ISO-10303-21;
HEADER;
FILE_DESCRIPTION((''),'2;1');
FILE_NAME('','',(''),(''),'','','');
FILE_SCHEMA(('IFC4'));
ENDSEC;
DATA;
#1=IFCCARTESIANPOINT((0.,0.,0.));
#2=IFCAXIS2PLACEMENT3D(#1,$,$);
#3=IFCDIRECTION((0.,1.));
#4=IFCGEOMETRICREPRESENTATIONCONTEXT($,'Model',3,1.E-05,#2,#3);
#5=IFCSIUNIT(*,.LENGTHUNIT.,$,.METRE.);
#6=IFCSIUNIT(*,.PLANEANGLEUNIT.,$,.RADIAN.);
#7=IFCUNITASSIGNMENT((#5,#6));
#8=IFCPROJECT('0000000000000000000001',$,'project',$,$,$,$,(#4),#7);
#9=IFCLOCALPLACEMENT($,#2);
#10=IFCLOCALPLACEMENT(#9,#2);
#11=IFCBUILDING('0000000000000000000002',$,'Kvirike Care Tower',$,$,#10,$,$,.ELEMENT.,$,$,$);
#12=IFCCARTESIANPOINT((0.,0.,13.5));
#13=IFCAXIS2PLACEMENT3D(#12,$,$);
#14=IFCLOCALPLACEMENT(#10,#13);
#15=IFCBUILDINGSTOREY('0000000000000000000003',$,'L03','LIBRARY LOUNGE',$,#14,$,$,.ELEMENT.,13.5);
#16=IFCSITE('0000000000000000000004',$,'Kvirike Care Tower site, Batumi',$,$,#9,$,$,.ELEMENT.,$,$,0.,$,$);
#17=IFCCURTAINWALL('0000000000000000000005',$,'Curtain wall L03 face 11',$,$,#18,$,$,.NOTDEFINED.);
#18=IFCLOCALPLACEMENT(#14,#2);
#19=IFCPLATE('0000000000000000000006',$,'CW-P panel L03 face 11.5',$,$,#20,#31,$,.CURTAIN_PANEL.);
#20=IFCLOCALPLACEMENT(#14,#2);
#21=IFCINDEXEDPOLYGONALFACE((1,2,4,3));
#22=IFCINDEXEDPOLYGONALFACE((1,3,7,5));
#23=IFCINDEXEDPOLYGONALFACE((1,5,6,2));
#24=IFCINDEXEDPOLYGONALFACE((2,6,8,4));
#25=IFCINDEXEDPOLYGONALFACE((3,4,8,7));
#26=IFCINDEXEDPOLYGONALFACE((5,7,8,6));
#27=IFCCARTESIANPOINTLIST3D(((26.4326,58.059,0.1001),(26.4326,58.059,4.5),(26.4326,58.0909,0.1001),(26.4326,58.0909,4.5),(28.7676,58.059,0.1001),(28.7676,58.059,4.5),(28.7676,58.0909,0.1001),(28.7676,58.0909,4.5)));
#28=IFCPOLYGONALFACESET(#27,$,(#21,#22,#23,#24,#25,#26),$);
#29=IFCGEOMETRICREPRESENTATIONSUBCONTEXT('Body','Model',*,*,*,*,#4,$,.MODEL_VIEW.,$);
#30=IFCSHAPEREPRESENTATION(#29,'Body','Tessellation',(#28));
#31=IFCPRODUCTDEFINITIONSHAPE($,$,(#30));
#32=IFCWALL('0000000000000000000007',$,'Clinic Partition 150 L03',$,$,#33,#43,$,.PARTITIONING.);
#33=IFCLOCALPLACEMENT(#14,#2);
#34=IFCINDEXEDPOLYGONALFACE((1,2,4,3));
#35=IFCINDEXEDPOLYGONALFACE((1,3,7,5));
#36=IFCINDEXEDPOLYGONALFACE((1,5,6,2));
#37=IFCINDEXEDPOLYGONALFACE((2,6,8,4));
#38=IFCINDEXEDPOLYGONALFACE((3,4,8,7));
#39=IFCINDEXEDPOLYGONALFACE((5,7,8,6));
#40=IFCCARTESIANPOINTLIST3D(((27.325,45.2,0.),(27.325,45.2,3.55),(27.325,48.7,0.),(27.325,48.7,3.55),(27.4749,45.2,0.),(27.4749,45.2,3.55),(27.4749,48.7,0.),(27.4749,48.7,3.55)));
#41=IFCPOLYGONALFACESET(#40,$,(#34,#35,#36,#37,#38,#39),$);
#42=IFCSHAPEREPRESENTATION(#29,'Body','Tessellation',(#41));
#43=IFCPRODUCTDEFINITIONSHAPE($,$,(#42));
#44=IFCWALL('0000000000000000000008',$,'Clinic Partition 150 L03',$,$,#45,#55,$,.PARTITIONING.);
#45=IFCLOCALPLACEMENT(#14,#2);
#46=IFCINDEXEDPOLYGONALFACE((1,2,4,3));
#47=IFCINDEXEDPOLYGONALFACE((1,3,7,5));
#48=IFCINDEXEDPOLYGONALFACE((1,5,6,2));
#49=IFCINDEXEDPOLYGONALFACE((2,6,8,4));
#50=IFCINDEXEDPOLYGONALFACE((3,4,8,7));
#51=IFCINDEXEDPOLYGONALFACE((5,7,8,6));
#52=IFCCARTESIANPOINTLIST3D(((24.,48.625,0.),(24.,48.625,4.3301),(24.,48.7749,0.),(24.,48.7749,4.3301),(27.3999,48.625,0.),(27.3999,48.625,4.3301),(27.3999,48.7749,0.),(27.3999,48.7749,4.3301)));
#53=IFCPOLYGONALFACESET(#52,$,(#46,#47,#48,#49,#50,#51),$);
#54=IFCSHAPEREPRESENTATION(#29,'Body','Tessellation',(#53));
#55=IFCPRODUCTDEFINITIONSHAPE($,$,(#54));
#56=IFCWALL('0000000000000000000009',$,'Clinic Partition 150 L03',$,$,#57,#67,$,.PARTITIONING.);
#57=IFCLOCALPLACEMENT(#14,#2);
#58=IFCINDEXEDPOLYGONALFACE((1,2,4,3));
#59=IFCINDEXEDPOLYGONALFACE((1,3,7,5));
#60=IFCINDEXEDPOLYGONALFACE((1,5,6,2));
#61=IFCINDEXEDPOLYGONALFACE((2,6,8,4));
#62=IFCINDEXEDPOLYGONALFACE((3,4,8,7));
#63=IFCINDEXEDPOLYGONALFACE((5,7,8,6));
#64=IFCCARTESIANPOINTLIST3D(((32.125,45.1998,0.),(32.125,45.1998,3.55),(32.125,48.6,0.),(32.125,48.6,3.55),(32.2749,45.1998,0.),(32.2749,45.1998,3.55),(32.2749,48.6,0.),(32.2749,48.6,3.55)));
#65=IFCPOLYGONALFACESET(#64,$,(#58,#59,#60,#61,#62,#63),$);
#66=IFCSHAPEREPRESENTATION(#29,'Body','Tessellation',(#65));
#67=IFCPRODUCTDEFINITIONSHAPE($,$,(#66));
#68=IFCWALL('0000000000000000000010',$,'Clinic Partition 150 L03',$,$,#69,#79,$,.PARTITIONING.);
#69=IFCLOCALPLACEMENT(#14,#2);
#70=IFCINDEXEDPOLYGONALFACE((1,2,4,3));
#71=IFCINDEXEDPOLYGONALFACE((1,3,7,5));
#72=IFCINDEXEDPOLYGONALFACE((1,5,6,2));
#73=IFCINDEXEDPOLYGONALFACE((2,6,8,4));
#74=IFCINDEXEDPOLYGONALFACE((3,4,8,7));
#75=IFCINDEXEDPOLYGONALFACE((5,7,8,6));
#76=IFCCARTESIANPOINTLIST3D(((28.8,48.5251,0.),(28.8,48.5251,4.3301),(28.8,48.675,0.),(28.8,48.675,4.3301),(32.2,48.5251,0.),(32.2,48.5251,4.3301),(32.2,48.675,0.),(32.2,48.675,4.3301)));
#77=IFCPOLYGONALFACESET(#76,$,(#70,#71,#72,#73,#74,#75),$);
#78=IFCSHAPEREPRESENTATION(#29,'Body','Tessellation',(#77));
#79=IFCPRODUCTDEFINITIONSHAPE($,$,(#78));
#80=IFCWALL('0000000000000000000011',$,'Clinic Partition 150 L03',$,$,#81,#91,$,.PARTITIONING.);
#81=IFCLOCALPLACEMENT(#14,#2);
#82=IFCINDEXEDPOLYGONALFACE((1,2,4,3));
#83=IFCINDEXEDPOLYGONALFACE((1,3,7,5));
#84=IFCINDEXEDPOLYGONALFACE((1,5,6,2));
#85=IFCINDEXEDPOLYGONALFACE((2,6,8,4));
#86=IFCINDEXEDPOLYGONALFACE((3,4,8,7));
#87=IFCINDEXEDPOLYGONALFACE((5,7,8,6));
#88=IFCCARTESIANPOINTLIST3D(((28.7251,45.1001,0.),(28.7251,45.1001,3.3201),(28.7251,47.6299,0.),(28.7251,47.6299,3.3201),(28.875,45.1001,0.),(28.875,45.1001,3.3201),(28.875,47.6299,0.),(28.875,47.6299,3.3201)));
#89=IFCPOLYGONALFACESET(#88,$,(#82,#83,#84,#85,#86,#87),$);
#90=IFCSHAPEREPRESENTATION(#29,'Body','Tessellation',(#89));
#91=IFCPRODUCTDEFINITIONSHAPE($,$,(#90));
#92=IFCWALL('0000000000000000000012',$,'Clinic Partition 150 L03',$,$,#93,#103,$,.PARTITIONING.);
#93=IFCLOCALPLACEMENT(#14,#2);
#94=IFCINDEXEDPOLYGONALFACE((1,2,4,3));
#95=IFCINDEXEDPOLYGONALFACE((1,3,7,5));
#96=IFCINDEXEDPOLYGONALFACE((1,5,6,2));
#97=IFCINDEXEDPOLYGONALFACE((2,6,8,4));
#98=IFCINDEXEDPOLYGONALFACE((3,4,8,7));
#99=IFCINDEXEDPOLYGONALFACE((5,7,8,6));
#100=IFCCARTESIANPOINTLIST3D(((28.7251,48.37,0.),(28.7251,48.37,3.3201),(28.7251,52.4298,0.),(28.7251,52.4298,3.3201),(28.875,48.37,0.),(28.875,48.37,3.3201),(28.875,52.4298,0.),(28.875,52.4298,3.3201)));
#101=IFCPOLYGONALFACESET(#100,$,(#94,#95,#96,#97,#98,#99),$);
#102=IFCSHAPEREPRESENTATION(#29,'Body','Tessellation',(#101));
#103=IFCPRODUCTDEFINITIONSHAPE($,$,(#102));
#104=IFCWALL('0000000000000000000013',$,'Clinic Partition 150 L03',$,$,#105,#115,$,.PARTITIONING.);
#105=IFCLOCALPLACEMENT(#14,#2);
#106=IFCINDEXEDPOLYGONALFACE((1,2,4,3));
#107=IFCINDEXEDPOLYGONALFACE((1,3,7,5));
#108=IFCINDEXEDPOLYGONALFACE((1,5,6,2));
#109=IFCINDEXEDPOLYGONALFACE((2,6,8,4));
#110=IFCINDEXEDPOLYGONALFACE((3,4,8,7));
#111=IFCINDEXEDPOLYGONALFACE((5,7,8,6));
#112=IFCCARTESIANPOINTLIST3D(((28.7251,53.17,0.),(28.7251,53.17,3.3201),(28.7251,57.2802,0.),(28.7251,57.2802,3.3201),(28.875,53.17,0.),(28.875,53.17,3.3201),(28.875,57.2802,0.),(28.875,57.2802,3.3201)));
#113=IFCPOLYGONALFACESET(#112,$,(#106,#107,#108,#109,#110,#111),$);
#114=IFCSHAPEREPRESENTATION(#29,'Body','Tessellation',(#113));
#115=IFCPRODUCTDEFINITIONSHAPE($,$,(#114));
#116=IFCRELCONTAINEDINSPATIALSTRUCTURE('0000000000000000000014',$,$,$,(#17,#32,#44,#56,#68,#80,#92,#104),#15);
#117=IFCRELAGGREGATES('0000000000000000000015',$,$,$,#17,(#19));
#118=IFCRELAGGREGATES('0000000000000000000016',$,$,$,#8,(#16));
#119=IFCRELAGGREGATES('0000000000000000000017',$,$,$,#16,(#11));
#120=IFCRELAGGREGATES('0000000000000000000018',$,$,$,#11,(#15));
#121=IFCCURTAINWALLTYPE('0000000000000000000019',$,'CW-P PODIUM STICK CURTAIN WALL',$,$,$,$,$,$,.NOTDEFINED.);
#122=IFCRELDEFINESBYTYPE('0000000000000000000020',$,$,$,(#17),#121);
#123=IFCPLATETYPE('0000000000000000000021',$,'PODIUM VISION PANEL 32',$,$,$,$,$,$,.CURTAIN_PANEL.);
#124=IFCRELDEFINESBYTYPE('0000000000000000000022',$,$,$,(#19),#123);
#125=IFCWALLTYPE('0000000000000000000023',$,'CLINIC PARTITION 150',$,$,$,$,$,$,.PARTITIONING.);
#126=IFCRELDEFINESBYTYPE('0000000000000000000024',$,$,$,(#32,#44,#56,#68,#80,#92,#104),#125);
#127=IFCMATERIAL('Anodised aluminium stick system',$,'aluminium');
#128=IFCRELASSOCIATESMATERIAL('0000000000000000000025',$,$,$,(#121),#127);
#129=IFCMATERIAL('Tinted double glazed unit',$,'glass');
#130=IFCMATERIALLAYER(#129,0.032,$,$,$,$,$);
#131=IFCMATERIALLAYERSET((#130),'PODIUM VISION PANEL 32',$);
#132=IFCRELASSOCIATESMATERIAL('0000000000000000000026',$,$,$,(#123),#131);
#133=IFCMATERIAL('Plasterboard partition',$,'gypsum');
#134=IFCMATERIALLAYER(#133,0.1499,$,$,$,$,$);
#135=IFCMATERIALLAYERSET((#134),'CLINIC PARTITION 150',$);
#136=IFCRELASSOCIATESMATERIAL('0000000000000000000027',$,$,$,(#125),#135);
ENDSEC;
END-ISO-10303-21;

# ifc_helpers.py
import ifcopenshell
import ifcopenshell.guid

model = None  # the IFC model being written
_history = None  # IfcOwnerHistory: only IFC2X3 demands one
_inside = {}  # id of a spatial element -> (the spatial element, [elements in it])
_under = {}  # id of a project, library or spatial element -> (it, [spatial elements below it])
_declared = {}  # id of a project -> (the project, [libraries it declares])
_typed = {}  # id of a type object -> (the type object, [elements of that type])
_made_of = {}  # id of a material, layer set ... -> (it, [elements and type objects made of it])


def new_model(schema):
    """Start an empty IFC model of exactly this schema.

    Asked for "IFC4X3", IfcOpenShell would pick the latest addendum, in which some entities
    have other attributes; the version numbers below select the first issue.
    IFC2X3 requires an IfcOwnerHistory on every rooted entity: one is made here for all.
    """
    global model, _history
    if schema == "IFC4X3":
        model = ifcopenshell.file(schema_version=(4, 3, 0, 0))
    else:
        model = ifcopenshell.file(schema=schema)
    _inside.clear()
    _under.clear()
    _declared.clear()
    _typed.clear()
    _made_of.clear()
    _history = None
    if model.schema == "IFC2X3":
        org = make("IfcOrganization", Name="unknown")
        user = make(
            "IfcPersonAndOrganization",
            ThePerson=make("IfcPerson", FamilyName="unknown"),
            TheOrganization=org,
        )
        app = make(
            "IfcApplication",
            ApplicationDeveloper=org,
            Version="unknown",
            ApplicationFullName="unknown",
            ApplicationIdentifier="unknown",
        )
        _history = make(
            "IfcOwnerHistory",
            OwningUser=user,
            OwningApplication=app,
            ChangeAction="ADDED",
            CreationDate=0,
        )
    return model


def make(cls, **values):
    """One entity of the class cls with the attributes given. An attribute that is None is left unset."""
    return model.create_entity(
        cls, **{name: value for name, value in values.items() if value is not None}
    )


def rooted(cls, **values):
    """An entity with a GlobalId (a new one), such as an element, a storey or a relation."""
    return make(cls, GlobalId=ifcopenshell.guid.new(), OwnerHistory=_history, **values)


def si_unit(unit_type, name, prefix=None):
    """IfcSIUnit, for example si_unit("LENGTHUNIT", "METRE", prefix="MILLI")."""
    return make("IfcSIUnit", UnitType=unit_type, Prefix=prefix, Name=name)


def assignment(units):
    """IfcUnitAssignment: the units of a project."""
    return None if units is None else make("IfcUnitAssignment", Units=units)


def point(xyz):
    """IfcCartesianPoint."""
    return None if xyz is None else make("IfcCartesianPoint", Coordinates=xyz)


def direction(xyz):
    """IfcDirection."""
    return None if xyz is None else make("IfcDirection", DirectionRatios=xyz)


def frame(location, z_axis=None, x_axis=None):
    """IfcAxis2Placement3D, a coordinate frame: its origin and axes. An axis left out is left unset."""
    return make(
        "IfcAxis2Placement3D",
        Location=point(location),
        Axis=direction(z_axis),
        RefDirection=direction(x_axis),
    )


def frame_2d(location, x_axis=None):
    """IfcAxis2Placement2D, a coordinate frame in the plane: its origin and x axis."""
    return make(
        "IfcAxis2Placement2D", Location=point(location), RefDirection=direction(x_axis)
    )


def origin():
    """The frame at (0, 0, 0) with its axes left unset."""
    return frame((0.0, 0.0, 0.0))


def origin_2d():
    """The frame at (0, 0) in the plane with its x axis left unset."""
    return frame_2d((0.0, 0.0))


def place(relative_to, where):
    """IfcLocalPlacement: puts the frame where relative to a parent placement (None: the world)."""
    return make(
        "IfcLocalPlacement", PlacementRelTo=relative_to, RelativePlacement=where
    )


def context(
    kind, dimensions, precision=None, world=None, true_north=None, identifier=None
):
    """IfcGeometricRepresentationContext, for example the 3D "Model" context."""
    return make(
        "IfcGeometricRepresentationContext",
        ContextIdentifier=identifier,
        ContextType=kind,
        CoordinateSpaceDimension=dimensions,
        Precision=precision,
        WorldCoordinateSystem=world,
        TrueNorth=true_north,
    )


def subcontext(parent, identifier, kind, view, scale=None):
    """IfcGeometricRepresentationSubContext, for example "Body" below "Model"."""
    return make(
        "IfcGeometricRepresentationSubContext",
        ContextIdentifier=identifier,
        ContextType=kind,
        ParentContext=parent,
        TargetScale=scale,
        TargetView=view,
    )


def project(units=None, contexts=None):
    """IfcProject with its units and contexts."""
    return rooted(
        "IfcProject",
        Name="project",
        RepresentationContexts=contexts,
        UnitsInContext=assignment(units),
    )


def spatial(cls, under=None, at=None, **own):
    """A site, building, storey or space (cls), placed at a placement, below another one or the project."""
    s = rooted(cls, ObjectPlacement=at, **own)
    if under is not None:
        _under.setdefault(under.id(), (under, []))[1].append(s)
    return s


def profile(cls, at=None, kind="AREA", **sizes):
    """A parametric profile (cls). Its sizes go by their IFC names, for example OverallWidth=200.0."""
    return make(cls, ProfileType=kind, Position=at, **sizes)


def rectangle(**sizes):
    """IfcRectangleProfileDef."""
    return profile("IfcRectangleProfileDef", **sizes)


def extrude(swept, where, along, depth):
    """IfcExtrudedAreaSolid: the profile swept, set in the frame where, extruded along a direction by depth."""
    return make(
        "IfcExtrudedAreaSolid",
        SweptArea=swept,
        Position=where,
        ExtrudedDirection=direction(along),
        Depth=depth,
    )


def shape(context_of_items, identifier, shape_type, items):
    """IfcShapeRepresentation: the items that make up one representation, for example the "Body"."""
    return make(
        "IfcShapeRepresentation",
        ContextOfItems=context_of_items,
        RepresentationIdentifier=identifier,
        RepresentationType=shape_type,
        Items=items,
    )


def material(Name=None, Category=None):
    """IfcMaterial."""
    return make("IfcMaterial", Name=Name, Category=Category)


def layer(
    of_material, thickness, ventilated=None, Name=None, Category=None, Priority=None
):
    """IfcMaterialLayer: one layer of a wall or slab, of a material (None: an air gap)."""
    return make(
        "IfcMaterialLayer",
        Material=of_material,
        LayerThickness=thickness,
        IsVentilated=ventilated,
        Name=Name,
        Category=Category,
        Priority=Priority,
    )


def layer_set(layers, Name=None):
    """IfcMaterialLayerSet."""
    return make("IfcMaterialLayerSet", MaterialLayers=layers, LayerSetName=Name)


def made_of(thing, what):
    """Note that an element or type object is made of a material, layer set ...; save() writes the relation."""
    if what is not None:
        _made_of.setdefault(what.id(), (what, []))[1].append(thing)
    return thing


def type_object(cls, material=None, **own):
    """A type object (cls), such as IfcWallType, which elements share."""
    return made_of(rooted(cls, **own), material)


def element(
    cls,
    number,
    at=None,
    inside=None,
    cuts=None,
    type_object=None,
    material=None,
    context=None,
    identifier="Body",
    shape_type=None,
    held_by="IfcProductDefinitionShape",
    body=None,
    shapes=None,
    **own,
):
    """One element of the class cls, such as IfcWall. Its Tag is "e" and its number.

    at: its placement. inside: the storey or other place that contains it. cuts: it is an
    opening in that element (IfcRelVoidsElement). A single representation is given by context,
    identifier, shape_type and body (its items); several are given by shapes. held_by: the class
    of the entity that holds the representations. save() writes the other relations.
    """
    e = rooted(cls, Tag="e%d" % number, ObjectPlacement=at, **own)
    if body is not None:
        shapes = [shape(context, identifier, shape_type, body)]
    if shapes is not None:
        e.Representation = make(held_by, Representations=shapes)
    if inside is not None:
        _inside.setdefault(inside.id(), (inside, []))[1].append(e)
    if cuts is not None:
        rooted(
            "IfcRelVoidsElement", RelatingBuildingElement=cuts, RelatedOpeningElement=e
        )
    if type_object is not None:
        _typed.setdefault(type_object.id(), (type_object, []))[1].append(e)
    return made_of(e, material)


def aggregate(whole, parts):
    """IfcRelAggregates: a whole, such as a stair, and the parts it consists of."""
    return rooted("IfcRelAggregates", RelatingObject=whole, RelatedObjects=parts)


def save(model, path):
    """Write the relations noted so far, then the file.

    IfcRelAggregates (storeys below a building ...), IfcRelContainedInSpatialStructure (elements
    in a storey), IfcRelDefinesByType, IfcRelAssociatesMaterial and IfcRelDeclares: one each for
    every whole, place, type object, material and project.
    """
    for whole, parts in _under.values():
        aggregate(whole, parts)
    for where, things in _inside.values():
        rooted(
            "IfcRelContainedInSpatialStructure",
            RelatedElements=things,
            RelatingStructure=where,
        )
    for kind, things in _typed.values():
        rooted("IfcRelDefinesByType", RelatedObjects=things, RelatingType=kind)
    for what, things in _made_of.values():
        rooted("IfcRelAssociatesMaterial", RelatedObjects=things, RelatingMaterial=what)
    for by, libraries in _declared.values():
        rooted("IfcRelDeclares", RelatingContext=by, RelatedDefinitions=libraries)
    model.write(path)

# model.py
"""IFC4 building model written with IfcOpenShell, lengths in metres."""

from ifc_helpers import new_model, si_unit, direction, frame, frame_2d, origin, origin_2d, place, context, subcontext, project, spatial, rectangle, extrude, material, layer, layer_set, type_object, element, aggregate, save


model = new_model("IFC4")

# Units and contexts
model_context = context("Model", 3, precision=1e-05, world=origin(), true_north=direction((0.0, 1.0)))
body_context = subcontext(model_context, "Body", "Model", "MODEL_VIEW")
ifc_project = project(units=[si_unit("LENGTHUNIT", "METRE"), si_unit("PLANEANGLEUNIT", "RADIAN")], contexts=[model_context])

# Site, building, storey
site_placement = place(None, origin())
site = spatial("IfcSite", under=ifc_project, at=site_placement, Name="Kvirike Care Tower site, Batumi", CompositionType="ELEMENT", RefElevation=0.0)
building_placement = place(site_placement, origin())
building = spatial("IfcBuilding", under=site, at=building_placement, Name="Kvirike Care Tower", CompositionType="ELEMENT")
storey_placement = place(building_placement, frame((0.0, 0.0, 13.5)))
storey = spatial("IfcBuildingStorey", under=building, at=storey_placement, Name="L03", Description="LIBRARY LOUNGE", CompositionType="ELEMENT", Elevation=13.5)

# Curtain wall
ifc_material_1 = material(Name="Anodised aluminium stick system", Category="aluminium")
curtain_wall_type = type_object("IfcCurtainWallType", Name="CW-P PODIUM STICK CURTAIN WALL", PredefinedType="NOTDEFINED", material=ifc_material_1)
curtain_wall_placement = place(storey_placement, origin())
curtain_wall = element("IfcCurtainWall", 1, at=curtain_wall_placement, inside=storey, type_object=curtain_wall_type, Name="Curtain wall L03 face 11", PredefinedType="NOTDEFINED")

# Plate
ifc_material_2 = material(Name="Tinted double glazed unit", Category="glass")
ifc_layer_1 = layer(ifc_material_2, 0.032)
ifc_layer_set_1 = layer_set([ifc_layer_1], Name="PODIUM VISION PANEL 32")
plate_type = type_object("IfcPlateType", Name="PODIUM VISION PANEL 32", PredefinedType="CURTAIN_PANEL", material=ifc_layer_set_1)
plate_1_placement = place(storey_placement, frame((27.6001, 58.075, 0.1001), z_axis=(0.0, 0.0, 1.0), x_axis=(-1.0, 0.0, 0.0)))
plate_1 = element("IfcPlate", 2, at=plate_1_placement, type_object=plate_type, Name="CW-P panel L03 face 11.5", PredefinedType="CURTAIN_PANEL", context=body_context, shape_type="SweptSolid", body=[
    extrude(rectangle(XDim=2.335, YDim=0.032, at=origin_2d()), origin(), (0.0, 0.0, 1.0), 4.3999),
])
aggregate(curtain_wall, [plate_1])

# Walls
ifc_material_3 = material(Name="Plasterboard partition", Category="gypsum")
ifc_layer_2 = layer(ifc_material_3, 0.1499)
ifc_layer_set_2 = layer_set([ifc_layer_2], Name="CLINIC PARTITION 150")
wall_type_1 = type_object("IfcWallType", Name="CLINIC PARTITION 150", PredefinedType="PARTITIONING", material=ifc_layer_set_2)
wall_1_placement = place(storey_placement, frame((27.3999, 48.7, 0.0), z_axis=(0.0, 0.0, 1.0), x_axis=(0.0, -1.0, 0.0)))
element("IfcWall", 3, at=wall_1_placement, inside=storey, type_object=wall_type_1, Name="Clinic Partition 150 L03", PredefinedType="PARTITIONING", context=body_context, shape_type="SweptSolid", body=[
    extrude(rectangle(XDim=3.5, YDim=0.1499, at=frame_2d((1.75, 0.0))), origin(), (0.0, 0.0, 1.0), 3.55),
])
wall_2_placement = place(storey_placement, frame((27.3999, 48.7, 0.0), z_axis=(0.0, 0.0, 1.0), x_axis=(-1.0, 0.0, 0.0)))
element("IfcWall", 4, at=wall_2_placement, inside=storey, type_object=wall_type_1, Name="Clinic Partition 150 L03", PredefinedType="PARTITIONING", context=body_context, shape_type="SweptSolid", body=[
    extrude(rectangle(XDim=3.3999, YDim=0.1499, at=frame_2d((1.7, 0.0))), origin(), (0.0, 0.0, 1.0), 4.3301),
])
wall_3_placement = place(storey_placement, frame((32.2, 48.6001, 0.0), z_axis=(0.0, 0.0, 1.0), x_axis=(0.0, -1.0, 0.0)))
element("IfcWall", 5, at=wall_3_placement, inside=storey, type_object=wall_type_1, Name="Clinic Partition 150 L03", PredefinedType="PARTITIONING", context=body_context, shape_type="SweptSolid", body=[
    extrude(rectangle(XDim=3.4001, YDim=0.1499, at=frame_2d((1.7002, 0.0))), origin(), (0.0, 0.0, 1.0), 3.55),
])
wall_4_placement = place(storey_placement, frame((32.2, 48.6001, 0.0), z_axis=(0.0, 0.0, 1.0), x_axis=(-1.0, 0.0, 0.0)))
element("IfcWall", 6, at=wall_4_placement, inside=storey, type_object=wall_type_1, Name="Clinic Partition 150 L03", PredefinedType="PARTITIONING", context=body_context, shape_type="SweptSolid", body=[
    extrude(rectangle(XDim=3.3999, YDim=0.1499, at=frame_2d((1.7, 0.0))), origin(), (0.0, 0.0, 1.0), 4.3301),
])
wall_5_placement = place(storey_placement, frame((28.8, 45.1001, 0.0), z_axis=(0.0, 0.0, 1.0), x_axis=(0.0, 1.0, 0.0)))
element("IfcWall", 7, at=wall_5_placement, inside=storey, type_object=wall_type_1, Name="Clinic Partition 150 L03", PredefinedType="PARTITIONING", context=body_context, shape_type="SweptSolid", body=[
    extrude(rectangle(XDim=2.5298, YDim=0.1499, at=frame_2d((1.2649, 0.0))), origin(), (0.0, 0.0, 1.0), 3.3201),
])
wall_6_placement = place(storey_placement, frame((28.8, 48.3701, 0.0), z_axis=(0.0, 0.0, 1.0), x_axis=(0.0, 1.0, 0.0)))
element("IfcWall", 8, at=wall_6_placement, inside=storey, type_object=wall_type_1, Name="Clinic Partition 150 L03", PredefinedType="PARTITIONING", context=body_context, shape_type="SweptSolid", body=[
    extrude(rectangle(XDim=4.0598, YDim=0.1499, at=frame_2d((2.0298, 0.0))), origin(), (0.0, 0.0, 1.0), 3.3201),
])
wall_7_placement = place(storey_placement, frame((28.8, 53.1699, 0.0), z_axis=(0.0, 0.0, 1.0), x_axis=(0.0, 1.0, 0.0)))
element("IfcWall", 9, at=wall_7_placement, inside=storey, type_object=wall_type_1, Name="Clinic Partition 150 L03", PredefinedType="PARTITIONING", context=body_context, shape_type="SweptSolid", body=[
    extrude(rectangle(XDim=4.1101, YDim=0.1499, at=frame_2d((2.0552, 0.0))), origin(), (0.0, 0.0, 1.0), 3.3201),
])

save(model, "model.ifc")
